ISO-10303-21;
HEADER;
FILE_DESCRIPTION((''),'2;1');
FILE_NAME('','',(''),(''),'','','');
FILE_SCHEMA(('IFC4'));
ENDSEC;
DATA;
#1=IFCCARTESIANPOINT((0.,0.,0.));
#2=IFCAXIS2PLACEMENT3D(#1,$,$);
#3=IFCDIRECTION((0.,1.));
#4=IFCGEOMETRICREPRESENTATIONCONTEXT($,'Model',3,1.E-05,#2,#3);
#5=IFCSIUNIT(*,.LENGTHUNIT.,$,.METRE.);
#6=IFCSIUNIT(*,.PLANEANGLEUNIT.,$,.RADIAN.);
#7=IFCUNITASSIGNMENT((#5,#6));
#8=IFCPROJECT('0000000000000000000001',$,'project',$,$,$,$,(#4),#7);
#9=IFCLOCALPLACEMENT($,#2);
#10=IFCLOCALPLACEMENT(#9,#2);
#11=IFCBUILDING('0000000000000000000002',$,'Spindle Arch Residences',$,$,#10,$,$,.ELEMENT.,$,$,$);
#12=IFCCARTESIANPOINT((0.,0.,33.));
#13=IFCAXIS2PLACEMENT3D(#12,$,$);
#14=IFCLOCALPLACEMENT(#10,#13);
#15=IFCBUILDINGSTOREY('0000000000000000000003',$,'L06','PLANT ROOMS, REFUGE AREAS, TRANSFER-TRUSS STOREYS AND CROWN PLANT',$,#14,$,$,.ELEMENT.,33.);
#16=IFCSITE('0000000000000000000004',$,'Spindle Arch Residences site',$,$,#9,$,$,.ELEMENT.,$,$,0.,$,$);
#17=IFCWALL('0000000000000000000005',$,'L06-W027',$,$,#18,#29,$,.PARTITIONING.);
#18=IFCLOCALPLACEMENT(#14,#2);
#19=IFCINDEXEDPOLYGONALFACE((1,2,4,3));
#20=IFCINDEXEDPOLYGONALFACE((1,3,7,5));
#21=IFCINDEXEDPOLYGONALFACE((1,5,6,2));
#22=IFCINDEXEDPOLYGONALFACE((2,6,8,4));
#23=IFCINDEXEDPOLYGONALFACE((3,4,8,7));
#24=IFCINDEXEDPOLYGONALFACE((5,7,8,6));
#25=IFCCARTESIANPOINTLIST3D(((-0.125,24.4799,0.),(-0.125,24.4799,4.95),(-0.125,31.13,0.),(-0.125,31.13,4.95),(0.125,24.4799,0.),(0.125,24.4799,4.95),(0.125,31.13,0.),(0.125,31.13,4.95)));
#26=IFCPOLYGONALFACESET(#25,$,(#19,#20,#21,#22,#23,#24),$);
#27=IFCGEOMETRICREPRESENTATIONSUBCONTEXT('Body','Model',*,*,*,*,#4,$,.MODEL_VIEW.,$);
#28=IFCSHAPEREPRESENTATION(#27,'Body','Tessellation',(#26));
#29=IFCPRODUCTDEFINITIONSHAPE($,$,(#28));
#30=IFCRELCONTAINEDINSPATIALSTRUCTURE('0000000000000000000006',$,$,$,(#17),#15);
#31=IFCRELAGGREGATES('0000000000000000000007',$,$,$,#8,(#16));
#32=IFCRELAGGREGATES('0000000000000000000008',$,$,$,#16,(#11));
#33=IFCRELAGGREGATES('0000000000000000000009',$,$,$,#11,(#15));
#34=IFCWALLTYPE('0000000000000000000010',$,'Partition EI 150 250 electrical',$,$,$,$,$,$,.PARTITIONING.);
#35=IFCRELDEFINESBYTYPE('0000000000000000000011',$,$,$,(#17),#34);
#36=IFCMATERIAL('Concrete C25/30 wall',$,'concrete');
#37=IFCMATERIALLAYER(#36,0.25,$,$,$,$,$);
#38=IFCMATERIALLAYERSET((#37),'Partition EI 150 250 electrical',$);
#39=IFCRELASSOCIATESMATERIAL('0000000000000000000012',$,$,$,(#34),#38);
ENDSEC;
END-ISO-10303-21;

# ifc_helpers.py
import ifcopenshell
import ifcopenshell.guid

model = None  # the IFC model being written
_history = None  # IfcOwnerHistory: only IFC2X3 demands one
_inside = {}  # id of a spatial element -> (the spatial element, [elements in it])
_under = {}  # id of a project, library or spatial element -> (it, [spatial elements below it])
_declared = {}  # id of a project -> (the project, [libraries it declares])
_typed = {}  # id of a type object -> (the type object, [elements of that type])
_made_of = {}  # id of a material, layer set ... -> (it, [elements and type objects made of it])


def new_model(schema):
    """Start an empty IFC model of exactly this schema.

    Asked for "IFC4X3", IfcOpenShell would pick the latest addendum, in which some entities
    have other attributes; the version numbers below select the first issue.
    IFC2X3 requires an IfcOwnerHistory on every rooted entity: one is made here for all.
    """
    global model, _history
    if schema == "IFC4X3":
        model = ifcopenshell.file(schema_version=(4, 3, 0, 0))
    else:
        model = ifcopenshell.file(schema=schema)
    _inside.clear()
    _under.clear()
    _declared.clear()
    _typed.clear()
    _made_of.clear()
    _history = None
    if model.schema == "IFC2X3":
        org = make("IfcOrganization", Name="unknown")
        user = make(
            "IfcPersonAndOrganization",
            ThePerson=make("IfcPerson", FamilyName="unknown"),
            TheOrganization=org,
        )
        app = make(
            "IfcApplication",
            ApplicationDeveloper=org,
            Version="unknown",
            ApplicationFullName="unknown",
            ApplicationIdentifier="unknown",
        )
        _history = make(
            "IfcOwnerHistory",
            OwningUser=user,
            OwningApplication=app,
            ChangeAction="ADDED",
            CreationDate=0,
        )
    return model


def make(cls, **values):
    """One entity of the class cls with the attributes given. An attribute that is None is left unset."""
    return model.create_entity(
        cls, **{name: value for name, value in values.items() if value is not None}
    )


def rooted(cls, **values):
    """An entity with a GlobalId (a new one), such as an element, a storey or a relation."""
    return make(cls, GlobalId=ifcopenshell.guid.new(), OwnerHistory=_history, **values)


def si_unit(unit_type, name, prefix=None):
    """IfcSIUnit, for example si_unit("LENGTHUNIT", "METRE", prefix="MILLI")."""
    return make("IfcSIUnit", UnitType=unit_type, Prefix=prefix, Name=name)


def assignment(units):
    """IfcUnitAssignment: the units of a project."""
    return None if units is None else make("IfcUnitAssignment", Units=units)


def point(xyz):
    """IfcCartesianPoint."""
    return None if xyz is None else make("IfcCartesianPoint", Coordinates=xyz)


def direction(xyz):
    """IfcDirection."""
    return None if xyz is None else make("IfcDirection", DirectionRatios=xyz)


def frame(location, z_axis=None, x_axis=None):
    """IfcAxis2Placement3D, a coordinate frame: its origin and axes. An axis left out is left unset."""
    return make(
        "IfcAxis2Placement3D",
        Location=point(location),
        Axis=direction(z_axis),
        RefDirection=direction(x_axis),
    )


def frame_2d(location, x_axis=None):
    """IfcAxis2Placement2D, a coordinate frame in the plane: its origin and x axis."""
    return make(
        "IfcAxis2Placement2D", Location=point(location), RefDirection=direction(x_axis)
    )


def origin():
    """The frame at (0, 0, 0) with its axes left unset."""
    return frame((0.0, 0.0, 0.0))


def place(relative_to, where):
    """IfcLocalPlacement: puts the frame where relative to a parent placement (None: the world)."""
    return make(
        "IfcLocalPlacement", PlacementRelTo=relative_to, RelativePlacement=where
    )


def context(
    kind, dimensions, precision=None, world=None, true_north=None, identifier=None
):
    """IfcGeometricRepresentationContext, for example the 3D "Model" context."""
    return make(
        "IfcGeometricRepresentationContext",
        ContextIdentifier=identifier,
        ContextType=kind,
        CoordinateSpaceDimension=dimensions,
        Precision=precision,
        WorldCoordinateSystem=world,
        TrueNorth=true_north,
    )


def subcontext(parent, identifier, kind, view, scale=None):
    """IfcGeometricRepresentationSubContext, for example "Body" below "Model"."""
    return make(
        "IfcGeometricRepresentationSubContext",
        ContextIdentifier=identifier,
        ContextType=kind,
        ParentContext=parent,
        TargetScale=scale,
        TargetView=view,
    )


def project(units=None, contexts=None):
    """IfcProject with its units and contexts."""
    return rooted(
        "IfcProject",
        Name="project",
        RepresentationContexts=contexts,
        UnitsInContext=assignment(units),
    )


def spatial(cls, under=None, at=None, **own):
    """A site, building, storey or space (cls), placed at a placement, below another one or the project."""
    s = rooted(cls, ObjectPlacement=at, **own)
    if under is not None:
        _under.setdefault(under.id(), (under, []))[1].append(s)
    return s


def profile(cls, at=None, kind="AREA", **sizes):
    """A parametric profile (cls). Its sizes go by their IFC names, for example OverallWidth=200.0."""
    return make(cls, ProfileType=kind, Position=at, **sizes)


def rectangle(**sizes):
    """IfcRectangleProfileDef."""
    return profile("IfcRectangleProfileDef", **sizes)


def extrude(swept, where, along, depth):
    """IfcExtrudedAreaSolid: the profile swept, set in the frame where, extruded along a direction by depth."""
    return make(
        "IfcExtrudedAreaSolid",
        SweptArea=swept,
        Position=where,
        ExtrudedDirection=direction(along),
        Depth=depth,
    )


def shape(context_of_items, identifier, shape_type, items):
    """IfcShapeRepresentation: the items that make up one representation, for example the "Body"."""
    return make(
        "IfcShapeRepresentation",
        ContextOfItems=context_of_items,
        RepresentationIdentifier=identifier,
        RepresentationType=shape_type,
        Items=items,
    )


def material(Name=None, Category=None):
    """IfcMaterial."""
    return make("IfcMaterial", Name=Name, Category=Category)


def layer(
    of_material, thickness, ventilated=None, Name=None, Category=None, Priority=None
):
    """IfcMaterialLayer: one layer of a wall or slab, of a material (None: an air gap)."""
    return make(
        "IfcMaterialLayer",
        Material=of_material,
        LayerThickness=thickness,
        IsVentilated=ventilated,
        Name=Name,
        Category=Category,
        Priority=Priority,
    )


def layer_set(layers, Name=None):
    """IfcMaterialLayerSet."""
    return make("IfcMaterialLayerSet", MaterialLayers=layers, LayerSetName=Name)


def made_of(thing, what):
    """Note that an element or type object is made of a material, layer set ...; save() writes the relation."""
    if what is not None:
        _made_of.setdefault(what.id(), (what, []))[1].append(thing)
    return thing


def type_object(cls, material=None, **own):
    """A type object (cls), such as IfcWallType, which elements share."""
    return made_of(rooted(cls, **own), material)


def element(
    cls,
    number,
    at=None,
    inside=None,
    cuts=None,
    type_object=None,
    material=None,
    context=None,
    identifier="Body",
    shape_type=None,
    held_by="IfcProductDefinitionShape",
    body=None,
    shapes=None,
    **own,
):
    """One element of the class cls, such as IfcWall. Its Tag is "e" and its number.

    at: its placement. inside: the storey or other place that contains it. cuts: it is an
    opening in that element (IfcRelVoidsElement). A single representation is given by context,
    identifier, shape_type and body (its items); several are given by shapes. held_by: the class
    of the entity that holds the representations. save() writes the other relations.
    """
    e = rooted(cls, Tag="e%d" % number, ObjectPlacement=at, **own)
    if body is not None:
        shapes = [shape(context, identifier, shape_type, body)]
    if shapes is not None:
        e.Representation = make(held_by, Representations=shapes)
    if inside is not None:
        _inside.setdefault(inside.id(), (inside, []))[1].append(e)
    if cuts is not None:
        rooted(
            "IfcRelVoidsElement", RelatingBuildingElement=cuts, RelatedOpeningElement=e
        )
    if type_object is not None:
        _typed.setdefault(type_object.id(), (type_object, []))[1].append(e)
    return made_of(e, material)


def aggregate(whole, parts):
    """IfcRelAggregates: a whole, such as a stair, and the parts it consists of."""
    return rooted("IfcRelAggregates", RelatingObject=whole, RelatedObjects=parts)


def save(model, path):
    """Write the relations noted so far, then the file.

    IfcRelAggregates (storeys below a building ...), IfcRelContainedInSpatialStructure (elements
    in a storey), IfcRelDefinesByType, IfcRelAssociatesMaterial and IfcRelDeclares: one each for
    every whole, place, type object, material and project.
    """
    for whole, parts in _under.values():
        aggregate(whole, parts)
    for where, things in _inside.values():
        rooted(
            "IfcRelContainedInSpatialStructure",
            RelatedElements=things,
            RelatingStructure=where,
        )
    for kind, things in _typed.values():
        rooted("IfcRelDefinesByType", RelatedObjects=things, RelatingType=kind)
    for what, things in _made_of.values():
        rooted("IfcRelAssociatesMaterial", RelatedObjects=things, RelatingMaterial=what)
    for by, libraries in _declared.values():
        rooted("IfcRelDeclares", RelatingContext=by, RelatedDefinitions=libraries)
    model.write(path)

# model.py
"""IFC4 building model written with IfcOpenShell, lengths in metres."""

from ifc_helpers import new_model, si_unit, direction, frame, frame_2d, origin, place, context, subcontext, project, spatial, rectangle, extrude, material, layer, layer_set, type_object, element, save


model = new_model("IFC4")

# Units and contexts
model_context = context("Model", 3, precision=1e-05, world=origin(), true_north=direction((0.0, 1.0)))
body_context = subcontext(model_context, "Body", "Model", "MODEL_VIEW")
ifc_project = project(units=[si_unit("LENGTHUNIT", "METRE"), si_unit("PLANEANGLEUNIT", "RADIAN")], contexts=[model_context])

# Site, building, storey
site_placement = place(None, origin())
site = spatial("IfcSite", under=ifc_project, at=site_placement, Name="Spindle Arch Residences site", CompositionType="ELEMENT", RefElevation=0.0)
building_placement = place(site_placement, origin())
building = spatial("IfcBuilding", under=site, at=building_placement, Name="Spindle Arch Residences", CompositionType="ELEMENT")
storey_placement = place(building_placement, frame((0.0, 0.0, 33.0)))
storey = spatial("IfcBuildingStorey", under=building, at=storey_placement, Name="L06", Description="PLANT ROOMS, REFUGE AREAS, TRANSFER-TRUSS STOREYS AND CROWN PLANT", CompositionType="ELEMENT", Elevation=33.0)

# Wall
ifc_material_1 = material(Name="Concrete C25/30 wall", Category="concrete")
ifc_layer_1 = layer(ifc_material_1, 0.25)
ifc_layer_set_1 = layer_set([ifc_layer_1], Name="Partition EI 150 250 electrical")
wall_type_1 = type_object("IfcWallType", Name="Partition EI 150 250 electrical", PredefinedType="PARTITIONING", material=ifc_layer_set_1)
wall_1_placement = place(storey_placement, frame((0.0, 24.4797, 0.0), z_axis=(0.0, 0.0, 1.0), x_axis=(0.0, 1.0, 0.0)))
element("IfcWall", 1, at=wall_1_placement, inside=storey, type_object=wall_type_1, Name="L06-W027", PredefinedType="PARTITIONING", context=body_context, shape_type="SweptSolid", body=[
    extrude(rectangle(XDim=6.6501, YDim=0.25, at=frame_2d((3.3252, 0.0))), origin(), (0.0, 0.0, 1.0), 4.95),
])

save(model, "model.ifc")
